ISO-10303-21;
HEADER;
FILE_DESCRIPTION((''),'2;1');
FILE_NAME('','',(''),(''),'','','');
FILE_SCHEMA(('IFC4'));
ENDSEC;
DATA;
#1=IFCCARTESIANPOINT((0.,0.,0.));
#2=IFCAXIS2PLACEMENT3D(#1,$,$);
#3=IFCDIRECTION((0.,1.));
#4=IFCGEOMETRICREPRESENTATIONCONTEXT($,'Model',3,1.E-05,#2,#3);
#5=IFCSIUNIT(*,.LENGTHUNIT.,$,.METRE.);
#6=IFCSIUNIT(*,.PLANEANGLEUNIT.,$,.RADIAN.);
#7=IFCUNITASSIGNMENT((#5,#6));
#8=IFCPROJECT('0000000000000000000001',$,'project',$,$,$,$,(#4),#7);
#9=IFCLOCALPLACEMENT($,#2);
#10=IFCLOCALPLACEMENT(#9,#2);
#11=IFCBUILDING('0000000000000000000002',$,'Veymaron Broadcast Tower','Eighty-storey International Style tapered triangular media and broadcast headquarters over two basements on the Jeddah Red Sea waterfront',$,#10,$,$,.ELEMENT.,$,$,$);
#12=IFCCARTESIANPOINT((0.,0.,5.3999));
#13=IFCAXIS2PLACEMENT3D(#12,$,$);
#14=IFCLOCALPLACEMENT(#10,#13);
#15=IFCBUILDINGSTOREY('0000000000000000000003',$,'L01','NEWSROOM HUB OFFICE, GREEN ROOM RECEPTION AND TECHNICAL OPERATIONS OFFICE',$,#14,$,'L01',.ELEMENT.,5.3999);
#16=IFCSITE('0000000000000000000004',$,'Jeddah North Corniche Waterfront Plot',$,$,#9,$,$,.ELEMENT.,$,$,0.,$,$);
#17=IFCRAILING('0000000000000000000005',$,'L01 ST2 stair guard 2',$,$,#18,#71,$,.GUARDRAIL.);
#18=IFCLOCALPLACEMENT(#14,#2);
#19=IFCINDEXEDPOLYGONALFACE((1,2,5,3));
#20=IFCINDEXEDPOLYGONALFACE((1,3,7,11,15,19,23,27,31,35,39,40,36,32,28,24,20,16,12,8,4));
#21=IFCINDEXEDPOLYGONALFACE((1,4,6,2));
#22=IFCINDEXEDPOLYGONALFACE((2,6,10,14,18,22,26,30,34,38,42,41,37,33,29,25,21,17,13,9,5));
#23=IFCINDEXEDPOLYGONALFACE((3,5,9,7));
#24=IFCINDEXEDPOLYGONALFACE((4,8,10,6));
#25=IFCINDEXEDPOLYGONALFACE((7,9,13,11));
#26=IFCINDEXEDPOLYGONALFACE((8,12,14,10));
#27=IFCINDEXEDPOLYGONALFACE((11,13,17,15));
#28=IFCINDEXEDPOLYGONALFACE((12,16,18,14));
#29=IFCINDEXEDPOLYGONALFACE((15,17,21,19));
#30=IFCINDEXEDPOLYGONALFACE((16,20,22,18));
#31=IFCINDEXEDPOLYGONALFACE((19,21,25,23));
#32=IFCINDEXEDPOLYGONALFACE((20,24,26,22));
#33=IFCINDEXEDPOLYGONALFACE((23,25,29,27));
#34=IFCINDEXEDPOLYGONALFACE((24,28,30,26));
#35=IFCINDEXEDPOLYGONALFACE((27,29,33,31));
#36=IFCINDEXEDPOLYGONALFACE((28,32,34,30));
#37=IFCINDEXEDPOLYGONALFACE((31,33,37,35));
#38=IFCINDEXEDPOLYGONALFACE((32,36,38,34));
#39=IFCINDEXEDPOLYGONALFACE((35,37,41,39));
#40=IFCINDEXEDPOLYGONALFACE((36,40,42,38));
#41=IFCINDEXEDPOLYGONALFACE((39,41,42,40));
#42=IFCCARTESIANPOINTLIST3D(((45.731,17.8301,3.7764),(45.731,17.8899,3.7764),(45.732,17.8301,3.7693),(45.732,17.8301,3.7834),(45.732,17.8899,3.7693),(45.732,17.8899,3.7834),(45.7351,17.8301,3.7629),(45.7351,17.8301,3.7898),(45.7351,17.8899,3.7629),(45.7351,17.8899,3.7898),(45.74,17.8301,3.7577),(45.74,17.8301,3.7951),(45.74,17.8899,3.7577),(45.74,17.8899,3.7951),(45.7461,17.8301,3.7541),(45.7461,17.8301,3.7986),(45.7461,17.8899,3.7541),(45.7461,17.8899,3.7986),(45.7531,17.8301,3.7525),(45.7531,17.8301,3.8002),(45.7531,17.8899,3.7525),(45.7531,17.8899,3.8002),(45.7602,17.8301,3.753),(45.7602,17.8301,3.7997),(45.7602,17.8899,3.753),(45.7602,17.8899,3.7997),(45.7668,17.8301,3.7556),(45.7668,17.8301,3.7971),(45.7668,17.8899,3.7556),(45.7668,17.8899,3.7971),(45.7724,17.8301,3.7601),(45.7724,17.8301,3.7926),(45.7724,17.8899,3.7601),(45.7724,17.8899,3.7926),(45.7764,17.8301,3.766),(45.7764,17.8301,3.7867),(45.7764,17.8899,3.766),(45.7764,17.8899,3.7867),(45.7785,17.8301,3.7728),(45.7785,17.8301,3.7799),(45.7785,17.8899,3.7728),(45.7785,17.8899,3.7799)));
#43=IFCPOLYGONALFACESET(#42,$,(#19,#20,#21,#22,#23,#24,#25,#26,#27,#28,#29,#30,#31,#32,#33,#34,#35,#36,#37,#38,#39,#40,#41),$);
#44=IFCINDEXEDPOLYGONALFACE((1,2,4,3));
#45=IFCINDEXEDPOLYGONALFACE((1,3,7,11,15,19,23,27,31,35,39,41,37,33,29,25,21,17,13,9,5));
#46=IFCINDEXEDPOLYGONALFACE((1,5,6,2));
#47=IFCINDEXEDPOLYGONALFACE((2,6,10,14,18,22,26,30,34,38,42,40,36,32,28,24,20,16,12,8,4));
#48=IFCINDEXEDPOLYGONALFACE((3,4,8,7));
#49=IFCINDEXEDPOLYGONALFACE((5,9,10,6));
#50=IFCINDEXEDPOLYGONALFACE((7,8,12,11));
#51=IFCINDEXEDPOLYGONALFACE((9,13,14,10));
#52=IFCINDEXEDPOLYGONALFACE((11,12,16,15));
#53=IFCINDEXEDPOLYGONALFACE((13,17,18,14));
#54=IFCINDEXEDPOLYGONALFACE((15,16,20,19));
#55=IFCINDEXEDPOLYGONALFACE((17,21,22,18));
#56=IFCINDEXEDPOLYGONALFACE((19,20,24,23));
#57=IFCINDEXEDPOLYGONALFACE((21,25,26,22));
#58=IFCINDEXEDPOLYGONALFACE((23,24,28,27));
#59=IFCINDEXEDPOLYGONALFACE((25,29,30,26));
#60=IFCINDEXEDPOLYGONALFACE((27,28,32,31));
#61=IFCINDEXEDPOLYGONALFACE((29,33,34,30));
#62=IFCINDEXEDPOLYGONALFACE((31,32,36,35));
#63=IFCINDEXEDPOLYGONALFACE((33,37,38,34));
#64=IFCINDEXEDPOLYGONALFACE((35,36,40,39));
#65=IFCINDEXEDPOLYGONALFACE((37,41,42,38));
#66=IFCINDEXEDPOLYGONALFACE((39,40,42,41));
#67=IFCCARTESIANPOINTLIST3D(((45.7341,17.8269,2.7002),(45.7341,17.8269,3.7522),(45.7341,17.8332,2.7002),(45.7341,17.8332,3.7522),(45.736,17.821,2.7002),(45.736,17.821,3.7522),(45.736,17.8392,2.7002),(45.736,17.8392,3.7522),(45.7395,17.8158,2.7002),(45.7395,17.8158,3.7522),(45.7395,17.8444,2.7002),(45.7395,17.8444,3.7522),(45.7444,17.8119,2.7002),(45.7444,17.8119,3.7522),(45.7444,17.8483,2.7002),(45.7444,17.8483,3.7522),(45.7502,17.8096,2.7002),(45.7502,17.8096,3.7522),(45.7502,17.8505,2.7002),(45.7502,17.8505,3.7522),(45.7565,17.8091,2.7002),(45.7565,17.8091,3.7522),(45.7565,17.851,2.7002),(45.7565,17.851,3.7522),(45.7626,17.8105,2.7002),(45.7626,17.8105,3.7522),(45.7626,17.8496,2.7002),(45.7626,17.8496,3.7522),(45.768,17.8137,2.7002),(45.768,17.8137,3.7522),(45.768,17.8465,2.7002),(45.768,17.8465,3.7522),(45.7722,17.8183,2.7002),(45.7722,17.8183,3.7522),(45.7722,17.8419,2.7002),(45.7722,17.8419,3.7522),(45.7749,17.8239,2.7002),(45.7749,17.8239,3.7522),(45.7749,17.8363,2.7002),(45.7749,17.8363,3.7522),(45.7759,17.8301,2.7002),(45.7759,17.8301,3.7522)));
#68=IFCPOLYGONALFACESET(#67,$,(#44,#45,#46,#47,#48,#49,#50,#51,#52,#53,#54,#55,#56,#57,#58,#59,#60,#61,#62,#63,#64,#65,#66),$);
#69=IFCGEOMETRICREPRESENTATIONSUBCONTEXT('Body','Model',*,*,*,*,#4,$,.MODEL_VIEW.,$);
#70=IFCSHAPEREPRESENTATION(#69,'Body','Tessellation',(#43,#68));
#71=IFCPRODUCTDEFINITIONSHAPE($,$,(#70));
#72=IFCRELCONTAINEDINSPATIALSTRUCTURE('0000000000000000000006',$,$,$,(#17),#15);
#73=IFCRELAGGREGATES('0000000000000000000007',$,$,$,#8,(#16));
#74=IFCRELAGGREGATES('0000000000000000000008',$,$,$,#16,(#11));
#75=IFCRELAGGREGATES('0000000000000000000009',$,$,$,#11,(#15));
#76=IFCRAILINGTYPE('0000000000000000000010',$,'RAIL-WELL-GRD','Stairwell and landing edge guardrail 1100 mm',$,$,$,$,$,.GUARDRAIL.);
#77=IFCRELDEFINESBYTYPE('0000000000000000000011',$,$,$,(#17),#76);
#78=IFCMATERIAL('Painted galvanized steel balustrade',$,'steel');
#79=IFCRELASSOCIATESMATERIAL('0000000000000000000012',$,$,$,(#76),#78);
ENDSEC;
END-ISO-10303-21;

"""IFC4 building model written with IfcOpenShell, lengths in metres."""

from ifc_helpers import new_model, si_unit, direction, frame, origin, origin_2d, place, context, subcontext, project, spatial, circle, extrude, material, type_object, element, save


model = new_model("IFC4")

# Units and contexts
model_context = context("Model", 3, precision=1e-05, world=origin(), true_north=direction((0.0, 1.0)))
body_context = subcontext(model_context, "Body", "Model", "MODEL_VIEW")
ifc_project = project(units=[si_unit("LENGTHUNIT", "METRE"), si_unit("PLANEANGLEUNIT", "RADIAN")], contexts=[model_context])

# Site, building, storey
site_placement = place(None, origin())
site = spatial("IfcSite", under=ifc_project, at=site_placement, Name="Jeddah North Corniche Waterfront Plot", CompositionType="ELEMENT", RefElevation=0.0)
building_placement = place(site_placement, origin())
building = spatial("IfcBuilding", under=site, at=building_placement, Name="Veymaron Broadcast Tower", Description="Eighty-storey International Style tapered triangular media and broadcast headquarters over two basements on the Jeddah Red Sea waterfront", CompositionType="ELEMENT")
storey_placement = place(building_placement, frame((0.0, 0.0, 5.3999)))
storey = spatial("IfcBuildingStorey", under=building, at=storey_placement, Name="L01", Description="NEWSROOM HUB OFFICE, GREEN ROOM RECEPTION AND TECHNICAL OPERATIONS OFFICE", LongName="L01", CompositionType="ELEMENT", Elevation=5.3999)

# Railing
ifc_material_1 = material(Name="Painted galvanized steel balustrade", Category="steel")
railing_type_1 = type_object("IfcRailingType", Name="RAIL-WELL-GRD", Description="Stairwell and landing edge guardrail 1100 mm", PredefinedType="GUARDRAIL", material=ifc_material_1)
railing_1_placement = place(storey_placement, frame((45.7549, 17.8301, 2.7002)))
element("IfcRailing", 1, at=railing_1_placement, inside=storey, type_object=railing_type_1, Name="L01 ST2 stair guard 2", PredefinedType="GUARDRAIL", context=body_context, shape_type="SweptSolid", body=[
    extrude(circle(Radius=0.0239, at=origin_2d()), frame((0.0, 0.0, 1.0762), z_axis=(0.0, 1.0, 0.0), x_axis=(-1.0, 0.0, 0.0)), (0.0, 0.0, 1.0), 0.0598),
    extrude(circle(Radius=0.021, at=origin_2d()), origin(), (0.0, 0.0, 1.0), 1.052),
])

save(model, "model.ifc")
